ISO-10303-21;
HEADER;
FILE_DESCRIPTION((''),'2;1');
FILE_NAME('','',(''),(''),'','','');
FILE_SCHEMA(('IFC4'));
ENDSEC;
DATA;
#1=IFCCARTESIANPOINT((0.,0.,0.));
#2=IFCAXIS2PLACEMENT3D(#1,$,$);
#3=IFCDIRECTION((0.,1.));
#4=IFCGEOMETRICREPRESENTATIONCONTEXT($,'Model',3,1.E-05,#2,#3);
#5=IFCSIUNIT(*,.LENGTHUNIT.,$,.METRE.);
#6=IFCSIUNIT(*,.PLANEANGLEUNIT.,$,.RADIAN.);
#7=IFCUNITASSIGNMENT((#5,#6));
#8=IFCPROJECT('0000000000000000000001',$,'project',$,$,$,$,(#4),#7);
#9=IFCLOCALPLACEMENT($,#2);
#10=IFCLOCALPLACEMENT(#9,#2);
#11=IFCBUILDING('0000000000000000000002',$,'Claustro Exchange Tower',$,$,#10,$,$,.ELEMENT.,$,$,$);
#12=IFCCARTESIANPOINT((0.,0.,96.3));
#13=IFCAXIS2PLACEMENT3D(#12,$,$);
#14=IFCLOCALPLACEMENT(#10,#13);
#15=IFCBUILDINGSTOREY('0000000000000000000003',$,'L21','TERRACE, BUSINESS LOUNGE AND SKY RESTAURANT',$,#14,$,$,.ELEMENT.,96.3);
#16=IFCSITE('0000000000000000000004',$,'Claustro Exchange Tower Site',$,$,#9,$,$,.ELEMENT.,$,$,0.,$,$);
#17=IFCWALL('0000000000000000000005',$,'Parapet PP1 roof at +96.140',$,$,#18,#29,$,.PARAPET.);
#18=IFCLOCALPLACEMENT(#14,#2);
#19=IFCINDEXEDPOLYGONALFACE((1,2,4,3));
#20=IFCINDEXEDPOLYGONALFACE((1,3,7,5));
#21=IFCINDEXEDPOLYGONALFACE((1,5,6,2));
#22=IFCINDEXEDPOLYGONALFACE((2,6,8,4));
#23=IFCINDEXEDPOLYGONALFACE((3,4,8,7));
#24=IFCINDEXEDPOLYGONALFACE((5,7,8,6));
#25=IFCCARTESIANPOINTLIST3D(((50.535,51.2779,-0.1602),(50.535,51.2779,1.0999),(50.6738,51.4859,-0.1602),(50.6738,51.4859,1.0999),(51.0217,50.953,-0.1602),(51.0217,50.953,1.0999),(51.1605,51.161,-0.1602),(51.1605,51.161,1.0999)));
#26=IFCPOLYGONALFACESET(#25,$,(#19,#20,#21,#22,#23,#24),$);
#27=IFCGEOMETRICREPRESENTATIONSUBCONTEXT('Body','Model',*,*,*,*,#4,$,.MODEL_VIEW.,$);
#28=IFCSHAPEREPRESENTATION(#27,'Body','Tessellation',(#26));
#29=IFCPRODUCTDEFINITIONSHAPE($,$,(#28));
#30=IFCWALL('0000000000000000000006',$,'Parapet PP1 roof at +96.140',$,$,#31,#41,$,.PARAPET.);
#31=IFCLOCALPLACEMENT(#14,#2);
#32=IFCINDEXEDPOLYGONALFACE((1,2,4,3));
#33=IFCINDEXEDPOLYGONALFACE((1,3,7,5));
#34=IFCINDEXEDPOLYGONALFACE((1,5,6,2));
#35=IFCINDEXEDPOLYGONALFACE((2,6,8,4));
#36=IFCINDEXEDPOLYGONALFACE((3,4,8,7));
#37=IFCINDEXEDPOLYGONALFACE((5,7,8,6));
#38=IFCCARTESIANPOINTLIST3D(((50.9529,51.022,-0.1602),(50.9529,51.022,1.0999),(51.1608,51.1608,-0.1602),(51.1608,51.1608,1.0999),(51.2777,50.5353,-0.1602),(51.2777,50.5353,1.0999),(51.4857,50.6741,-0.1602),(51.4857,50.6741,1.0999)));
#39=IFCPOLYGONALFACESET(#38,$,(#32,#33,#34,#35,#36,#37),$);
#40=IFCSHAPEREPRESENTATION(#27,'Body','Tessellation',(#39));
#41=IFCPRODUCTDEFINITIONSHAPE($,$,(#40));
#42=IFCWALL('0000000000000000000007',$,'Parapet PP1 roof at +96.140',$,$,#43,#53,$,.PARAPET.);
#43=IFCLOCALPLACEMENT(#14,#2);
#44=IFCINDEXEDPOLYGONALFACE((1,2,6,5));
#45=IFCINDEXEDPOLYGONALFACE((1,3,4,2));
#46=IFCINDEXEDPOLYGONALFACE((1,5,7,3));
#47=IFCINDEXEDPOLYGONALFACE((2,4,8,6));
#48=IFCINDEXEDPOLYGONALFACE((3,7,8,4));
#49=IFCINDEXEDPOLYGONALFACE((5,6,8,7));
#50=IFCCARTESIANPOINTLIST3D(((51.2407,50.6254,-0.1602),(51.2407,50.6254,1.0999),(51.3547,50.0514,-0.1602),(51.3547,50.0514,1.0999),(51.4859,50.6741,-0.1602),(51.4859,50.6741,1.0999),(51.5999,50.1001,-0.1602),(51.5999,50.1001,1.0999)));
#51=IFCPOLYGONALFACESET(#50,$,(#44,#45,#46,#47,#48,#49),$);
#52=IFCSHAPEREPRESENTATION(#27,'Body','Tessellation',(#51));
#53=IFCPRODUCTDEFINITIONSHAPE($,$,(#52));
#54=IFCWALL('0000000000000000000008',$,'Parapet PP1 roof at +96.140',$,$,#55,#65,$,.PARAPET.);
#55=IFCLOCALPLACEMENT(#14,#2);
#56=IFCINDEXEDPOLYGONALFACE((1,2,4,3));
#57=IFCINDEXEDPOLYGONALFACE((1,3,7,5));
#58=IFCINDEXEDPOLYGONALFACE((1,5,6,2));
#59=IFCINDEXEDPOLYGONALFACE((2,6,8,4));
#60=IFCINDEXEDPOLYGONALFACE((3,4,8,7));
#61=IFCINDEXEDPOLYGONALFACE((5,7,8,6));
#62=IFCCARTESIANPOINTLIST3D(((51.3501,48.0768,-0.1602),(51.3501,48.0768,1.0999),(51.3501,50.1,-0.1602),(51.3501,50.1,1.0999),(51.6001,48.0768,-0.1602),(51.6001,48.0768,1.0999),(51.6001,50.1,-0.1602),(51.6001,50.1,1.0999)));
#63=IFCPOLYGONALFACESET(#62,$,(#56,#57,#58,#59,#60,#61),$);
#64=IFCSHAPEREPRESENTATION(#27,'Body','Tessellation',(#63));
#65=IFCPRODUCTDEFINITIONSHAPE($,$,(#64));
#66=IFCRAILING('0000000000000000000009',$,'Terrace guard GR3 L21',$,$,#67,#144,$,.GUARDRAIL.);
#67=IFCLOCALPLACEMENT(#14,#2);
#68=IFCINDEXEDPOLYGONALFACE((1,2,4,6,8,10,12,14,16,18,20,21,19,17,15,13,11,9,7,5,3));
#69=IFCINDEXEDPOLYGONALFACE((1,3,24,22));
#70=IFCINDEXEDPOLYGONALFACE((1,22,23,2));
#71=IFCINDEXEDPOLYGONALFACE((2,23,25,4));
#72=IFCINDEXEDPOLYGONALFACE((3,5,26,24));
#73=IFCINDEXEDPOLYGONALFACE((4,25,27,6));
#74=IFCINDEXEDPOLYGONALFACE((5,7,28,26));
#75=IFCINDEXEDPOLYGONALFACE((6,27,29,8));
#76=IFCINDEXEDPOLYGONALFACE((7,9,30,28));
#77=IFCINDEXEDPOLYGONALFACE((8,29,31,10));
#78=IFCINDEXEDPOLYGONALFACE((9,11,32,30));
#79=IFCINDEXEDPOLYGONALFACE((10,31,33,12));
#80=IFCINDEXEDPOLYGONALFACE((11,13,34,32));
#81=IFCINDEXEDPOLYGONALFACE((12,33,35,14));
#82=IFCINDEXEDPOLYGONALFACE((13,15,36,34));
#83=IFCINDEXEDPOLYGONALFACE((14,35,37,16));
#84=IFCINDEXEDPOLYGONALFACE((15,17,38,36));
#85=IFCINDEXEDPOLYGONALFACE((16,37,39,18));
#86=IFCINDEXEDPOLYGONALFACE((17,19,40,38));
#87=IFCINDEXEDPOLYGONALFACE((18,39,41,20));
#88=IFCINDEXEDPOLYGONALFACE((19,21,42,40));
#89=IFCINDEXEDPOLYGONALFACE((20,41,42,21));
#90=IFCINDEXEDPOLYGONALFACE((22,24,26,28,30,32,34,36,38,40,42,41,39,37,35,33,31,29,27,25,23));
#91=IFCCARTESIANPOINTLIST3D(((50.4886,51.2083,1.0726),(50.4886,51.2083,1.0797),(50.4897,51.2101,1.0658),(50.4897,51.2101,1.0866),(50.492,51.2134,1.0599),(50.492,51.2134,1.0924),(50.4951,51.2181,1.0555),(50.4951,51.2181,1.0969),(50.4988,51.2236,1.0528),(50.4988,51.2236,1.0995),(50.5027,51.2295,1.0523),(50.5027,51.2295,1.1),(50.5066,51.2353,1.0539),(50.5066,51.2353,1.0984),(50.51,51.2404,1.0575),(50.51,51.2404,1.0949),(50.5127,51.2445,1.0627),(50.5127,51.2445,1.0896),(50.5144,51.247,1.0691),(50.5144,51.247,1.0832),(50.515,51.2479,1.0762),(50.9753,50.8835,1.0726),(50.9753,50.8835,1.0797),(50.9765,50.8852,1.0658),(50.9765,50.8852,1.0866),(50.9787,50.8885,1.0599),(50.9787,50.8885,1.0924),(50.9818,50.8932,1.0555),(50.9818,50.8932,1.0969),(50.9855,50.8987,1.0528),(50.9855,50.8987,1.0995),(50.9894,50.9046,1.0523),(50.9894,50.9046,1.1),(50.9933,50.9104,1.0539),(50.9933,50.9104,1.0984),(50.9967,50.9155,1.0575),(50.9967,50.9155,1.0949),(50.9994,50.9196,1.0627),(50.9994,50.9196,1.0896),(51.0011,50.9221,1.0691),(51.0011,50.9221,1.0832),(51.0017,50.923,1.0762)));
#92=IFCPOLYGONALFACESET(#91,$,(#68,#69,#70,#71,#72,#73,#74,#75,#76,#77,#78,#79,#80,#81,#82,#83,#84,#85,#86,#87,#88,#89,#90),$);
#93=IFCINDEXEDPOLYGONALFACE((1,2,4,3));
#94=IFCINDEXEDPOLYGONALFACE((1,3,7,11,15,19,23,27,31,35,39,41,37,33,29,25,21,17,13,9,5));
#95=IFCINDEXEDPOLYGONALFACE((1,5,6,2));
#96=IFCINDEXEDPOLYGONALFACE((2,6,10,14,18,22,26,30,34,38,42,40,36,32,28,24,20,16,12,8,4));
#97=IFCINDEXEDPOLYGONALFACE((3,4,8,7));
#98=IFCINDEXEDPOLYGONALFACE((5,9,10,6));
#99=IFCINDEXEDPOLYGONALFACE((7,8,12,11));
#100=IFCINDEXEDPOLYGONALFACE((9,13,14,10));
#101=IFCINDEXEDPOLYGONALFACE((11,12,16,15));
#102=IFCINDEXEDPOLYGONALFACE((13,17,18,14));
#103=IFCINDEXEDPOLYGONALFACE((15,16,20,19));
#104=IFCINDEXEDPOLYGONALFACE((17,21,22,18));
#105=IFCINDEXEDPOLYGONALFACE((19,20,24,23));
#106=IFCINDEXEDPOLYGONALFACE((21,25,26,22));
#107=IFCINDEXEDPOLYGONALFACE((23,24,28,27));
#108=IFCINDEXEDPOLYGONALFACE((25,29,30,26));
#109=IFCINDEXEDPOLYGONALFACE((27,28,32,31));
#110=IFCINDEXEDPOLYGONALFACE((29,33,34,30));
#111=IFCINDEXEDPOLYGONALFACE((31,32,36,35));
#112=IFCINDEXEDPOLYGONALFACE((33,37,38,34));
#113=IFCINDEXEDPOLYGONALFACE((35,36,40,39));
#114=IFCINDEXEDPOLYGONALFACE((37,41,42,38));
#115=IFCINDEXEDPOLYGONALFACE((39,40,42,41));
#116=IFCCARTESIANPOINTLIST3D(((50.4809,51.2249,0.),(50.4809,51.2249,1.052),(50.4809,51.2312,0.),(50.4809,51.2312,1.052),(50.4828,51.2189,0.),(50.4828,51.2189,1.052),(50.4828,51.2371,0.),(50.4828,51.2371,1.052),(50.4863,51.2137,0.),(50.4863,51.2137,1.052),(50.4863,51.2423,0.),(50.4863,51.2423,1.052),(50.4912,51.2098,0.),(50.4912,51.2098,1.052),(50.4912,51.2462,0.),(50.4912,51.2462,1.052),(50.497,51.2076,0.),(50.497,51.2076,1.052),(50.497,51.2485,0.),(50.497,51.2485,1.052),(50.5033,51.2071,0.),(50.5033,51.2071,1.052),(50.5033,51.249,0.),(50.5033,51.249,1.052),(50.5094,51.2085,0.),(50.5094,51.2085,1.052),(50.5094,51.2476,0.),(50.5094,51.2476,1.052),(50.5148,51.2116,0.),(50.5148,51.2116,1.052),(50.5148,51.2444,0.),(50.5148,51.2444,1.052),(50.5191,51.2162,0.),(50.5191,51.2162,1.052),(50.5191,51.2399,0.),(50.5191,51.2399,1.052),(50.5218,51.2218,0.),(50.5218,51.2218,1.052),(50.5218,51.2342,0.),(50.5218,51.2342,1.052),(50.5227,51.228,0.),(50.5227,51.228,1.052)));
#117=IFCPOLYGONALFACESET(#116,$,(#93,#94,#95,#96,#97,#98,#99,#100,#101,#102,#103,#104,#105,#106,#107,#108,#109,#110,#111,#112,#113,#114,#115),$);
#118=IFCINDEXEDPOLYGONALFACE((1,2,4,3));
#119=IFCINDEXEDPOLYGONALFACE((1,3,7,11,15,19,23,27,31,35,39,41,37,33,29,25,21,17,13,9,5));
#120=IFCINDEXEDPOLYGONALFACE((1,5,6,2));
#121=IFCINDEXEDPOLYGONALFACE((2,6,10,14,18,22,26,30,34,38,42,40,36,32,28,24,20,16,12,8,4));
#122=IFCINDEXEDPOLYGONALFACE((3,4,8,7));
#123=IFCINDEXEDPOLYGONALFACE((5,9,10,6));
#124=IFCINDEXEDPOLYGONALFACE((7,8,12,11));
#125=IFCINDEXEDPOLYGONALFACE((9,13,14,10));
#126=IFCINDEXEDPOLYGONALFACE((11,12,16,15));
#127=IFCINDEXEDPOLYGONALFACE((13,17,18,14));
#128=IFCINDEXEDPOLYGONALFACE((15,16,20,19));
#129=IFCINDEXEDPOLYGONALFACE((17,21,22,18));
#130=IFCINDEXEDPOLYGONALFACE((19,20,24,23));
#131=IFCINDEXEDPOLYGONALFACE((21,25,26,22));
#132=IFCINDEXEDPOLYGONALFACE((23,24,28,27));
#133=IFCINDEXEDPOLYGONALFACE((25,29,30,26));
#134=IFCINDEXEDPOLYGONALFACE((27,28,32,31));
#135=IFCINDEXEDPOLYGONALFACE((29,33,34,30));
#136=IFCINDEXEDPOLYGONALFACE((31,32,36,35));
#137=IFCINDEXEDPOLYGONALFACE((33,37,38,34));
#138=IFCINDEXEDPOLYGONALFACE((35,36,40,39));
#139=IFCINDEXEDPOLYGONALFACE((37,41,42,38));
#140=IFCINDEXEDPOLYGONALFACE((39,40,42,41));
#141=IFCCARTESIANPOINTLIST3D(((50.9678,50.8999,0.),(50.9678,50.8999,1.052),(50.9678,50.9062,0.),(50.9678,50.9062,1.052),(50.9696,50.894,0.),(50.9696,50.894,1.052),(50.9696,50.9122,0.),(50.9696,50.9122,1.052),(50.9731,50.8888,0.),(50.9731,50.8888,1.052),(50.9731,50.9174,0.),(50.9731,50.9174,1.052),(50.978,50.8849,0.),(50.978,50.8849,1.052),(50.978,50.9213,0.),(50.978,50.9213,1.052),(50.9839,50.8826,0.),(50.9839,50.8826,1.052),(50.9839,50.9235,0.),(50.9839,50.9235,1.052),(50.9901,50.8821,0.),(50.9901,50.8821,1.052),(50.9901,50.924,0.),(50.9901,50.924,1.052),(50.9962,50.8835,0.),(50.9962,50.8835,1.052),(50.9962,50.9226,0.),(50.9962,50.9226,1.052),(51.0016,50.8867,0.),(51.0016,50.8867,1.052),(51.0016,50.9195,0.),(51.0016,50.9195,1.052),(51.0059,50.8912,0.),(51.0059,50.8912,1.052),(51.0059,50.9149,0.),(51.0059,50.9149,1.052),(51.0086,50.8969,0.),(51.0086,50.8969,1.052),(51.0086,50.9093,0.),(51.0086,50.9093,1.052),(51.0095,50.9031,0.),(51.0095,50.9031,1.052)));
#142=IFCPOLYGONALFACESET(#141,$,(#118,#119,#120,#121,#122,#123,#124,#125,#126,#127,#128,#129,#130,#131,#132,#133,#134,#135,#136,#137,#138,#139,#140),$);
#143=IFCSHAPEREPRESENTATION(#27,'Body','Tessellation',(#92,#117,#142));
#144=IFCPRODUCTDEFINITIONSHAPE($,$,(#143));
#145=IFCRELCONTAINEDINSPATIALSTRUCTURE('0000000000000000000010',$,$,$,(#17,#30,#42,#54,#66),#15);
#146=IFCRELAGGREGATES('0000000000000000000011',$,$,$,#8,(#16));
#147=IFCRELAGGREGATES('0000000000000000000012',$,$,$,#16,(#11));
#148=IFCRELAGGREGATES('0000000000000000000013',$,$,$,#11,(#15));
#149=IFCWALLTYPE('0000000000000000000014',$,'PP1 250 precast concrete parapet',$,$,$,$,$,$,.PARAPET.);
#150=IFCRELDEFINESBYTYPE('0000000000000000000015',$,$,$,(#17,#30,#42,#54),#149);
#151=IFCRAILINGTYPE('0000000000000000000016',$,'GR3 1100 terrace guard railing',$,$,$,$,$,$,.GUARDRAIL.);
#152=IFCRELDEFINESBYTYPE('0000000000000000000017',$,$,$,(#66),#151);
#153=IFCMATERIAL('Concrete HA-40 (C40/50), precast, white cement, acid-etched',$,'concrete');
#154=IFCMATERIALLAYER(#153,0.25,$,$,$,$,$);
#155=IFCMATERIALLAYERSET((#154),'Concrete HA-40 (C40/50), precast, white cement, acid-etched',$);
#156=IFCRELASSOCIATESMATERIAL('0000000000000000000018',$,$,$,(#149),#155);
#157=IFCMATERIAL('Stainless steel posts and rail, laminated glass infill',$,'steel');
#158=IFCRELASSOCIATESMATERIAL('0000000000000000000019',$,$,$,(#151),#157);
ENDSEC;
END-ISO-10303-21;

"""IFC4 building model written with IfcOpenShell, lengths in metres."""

from ifc_helpers import new_model, si_unit, direction, frame, frame_2d, origin, origin_2d, place, context, subcontext, project, spatial, rectangle, circle, extrude, material, layer, layer_set, type_object, element, save


model = new_model("IFC4")

# Units and contexts
model_context = context("Model", 3, precision=1e-05, world=origin(), true_north=direction((0.0, 1.0)))
body_context = subcontext(model_context, "Body", "Model", "MODEL_VIEW")
ifc_project = project(units=[si_unit("LENGTHUNIT", "METRE"), si_unit("PLANEANGLEUNIT", "RADIAN")], contexts=[model_context])

# Site, building, storey
site_placement = place(None, origin())
site = spatial("IfcSite", under=ifc_project, at=site_placement, Name="Claustro Exchange Tower Site", CompositionType="ELEMENT", RefElevation=0.0)
building_placement = place(site_placement, origin())
building = spatial("IfcBuilding", under=site, at=building_placement, Name="Claustro Exchange Tower", CompositionType="ELEMENT")
storey_placement = place(building_placement, frame((0.0, 0.0, 96.3)))
storey = spatial("IfcBuildingStorey", under=building, at=storey_placement, Name="L21", Description="TERRACE, BUSINESS LOUNGE AND SKY RESTAURANT", CompositionType="ELEMENT", Elevation=96.3)

# Walls
ifc_material_1 = material(Name="Concrete HA-40 (C40/50), precast, white cement, acid-etched", Category="concrete")
ifc_layer_1 = layer(ifc_material_1, 0.25)
ifc_layer_set_1 = layer_set([ifc_layer_1], Name="Concrete HA-40 (C40/50), precast, white cement, acid-etched")
wall_type_1 = type_object("IfcWallType", Name="PP1 250 precast concrete parapet", PredefinedType="PARAPET", material=ifc_layer_set_1)
for number, where, z_axis, x_axis, name in (
    (1, (50.6045, 51.3818, -0.1602), (0.0, 0.0, 1.0), (0.831729, -0.555181, 0.0), "Parapet PP1 roof at +96.140"),
    (2, (51.0569, 51.0913, -0.1602), (0.0, 0.0, 1.0), (0.555181, -0.831729, 0.0), "Parapet PP1 roof at +96.140"),
    (3, (51.3633, 50.6497, -0.1602), (0.0, 0.0, 1.0), (0.194832, -0.980837, 0.0), "Parapet PP1 roof at +96.140"),
):
    element("IfcWall", number, at=place(storey_placement, frame(where, z_axis=z_axis, x_axis=x_axis)), inside=storey, type_object=wall_type_1, Name=name, PredefinedType="PARAPET", context=body_context, shape_type="SweptSolid", body=[
        extrude(rectangle(XDim=0.5852, YDim=0.25, at=frame_2d((0.2925, 0.0))), origin(), (0.0, 0.0, 1.0), 1.26),
    ])
wall_1_placement = place(storey_placement, frame((51.4751, 50.1001, -0.1602), z_axis=(0.0, 0.0, 1.0), x_axis=(0.0, -1.0, 0.0)))
element("IfcWall", 4, at=wall_1_placement, inside=storey, type_object=wall_type_1, Name="Parapet PP1 roof at +96.140", PredefinedType="PARAPET", context=body_context, shape_type="SweptSolid", body=[
    extrude(rectangle(XDim=2.0232, YDim=0.25, at=frame_2d((1.0117, 0.0))), origin(), (0.0, 0.0, 1.0), 1.26),
])

# Railing
ifc_material_2 = material(Name="Stainless steel posts and rail, laminated glass infill", Category="steel")
railing_type = type_object("IfcRailingType", Name="GR3 1100 terrace guard railing", PredefinedType="GUARDRAIL", material=ifc_material_2)
railing_1_placement = place(storey_placement, frame((50.5017, 51.228, 0.0)))
element("IfcRailing", 5, at=railing_1_placement, inside=storey, type_object=railing_type, Name="Terrace guard GR3 L21", PredefinedType="GUARDRAIL", context=body_context, shape_type="SweptSolid", body=[
    extrude(circle(Radius=0.0239, at=origin_2d()), frame((0.0, 0.0, 1.0762), z_axis=(0.831729, -0.555181, 0.0), x_axis=(0.555181, 0.831729, 0.0)), (0.0, 0.0, 1.0), 0.5852),
    extrude(circle(Radius=0.021, at=origin_2d()), origin(), (0.0, 0.0, 1.0), 1.052),
    extrude(circle(Radius=0.021, at=origin_2d()), frame((0.4868, -0.325, 0.0)), (0.0, 0.0, 1.0), 1.052),
])

save(model, "model.ifc")
